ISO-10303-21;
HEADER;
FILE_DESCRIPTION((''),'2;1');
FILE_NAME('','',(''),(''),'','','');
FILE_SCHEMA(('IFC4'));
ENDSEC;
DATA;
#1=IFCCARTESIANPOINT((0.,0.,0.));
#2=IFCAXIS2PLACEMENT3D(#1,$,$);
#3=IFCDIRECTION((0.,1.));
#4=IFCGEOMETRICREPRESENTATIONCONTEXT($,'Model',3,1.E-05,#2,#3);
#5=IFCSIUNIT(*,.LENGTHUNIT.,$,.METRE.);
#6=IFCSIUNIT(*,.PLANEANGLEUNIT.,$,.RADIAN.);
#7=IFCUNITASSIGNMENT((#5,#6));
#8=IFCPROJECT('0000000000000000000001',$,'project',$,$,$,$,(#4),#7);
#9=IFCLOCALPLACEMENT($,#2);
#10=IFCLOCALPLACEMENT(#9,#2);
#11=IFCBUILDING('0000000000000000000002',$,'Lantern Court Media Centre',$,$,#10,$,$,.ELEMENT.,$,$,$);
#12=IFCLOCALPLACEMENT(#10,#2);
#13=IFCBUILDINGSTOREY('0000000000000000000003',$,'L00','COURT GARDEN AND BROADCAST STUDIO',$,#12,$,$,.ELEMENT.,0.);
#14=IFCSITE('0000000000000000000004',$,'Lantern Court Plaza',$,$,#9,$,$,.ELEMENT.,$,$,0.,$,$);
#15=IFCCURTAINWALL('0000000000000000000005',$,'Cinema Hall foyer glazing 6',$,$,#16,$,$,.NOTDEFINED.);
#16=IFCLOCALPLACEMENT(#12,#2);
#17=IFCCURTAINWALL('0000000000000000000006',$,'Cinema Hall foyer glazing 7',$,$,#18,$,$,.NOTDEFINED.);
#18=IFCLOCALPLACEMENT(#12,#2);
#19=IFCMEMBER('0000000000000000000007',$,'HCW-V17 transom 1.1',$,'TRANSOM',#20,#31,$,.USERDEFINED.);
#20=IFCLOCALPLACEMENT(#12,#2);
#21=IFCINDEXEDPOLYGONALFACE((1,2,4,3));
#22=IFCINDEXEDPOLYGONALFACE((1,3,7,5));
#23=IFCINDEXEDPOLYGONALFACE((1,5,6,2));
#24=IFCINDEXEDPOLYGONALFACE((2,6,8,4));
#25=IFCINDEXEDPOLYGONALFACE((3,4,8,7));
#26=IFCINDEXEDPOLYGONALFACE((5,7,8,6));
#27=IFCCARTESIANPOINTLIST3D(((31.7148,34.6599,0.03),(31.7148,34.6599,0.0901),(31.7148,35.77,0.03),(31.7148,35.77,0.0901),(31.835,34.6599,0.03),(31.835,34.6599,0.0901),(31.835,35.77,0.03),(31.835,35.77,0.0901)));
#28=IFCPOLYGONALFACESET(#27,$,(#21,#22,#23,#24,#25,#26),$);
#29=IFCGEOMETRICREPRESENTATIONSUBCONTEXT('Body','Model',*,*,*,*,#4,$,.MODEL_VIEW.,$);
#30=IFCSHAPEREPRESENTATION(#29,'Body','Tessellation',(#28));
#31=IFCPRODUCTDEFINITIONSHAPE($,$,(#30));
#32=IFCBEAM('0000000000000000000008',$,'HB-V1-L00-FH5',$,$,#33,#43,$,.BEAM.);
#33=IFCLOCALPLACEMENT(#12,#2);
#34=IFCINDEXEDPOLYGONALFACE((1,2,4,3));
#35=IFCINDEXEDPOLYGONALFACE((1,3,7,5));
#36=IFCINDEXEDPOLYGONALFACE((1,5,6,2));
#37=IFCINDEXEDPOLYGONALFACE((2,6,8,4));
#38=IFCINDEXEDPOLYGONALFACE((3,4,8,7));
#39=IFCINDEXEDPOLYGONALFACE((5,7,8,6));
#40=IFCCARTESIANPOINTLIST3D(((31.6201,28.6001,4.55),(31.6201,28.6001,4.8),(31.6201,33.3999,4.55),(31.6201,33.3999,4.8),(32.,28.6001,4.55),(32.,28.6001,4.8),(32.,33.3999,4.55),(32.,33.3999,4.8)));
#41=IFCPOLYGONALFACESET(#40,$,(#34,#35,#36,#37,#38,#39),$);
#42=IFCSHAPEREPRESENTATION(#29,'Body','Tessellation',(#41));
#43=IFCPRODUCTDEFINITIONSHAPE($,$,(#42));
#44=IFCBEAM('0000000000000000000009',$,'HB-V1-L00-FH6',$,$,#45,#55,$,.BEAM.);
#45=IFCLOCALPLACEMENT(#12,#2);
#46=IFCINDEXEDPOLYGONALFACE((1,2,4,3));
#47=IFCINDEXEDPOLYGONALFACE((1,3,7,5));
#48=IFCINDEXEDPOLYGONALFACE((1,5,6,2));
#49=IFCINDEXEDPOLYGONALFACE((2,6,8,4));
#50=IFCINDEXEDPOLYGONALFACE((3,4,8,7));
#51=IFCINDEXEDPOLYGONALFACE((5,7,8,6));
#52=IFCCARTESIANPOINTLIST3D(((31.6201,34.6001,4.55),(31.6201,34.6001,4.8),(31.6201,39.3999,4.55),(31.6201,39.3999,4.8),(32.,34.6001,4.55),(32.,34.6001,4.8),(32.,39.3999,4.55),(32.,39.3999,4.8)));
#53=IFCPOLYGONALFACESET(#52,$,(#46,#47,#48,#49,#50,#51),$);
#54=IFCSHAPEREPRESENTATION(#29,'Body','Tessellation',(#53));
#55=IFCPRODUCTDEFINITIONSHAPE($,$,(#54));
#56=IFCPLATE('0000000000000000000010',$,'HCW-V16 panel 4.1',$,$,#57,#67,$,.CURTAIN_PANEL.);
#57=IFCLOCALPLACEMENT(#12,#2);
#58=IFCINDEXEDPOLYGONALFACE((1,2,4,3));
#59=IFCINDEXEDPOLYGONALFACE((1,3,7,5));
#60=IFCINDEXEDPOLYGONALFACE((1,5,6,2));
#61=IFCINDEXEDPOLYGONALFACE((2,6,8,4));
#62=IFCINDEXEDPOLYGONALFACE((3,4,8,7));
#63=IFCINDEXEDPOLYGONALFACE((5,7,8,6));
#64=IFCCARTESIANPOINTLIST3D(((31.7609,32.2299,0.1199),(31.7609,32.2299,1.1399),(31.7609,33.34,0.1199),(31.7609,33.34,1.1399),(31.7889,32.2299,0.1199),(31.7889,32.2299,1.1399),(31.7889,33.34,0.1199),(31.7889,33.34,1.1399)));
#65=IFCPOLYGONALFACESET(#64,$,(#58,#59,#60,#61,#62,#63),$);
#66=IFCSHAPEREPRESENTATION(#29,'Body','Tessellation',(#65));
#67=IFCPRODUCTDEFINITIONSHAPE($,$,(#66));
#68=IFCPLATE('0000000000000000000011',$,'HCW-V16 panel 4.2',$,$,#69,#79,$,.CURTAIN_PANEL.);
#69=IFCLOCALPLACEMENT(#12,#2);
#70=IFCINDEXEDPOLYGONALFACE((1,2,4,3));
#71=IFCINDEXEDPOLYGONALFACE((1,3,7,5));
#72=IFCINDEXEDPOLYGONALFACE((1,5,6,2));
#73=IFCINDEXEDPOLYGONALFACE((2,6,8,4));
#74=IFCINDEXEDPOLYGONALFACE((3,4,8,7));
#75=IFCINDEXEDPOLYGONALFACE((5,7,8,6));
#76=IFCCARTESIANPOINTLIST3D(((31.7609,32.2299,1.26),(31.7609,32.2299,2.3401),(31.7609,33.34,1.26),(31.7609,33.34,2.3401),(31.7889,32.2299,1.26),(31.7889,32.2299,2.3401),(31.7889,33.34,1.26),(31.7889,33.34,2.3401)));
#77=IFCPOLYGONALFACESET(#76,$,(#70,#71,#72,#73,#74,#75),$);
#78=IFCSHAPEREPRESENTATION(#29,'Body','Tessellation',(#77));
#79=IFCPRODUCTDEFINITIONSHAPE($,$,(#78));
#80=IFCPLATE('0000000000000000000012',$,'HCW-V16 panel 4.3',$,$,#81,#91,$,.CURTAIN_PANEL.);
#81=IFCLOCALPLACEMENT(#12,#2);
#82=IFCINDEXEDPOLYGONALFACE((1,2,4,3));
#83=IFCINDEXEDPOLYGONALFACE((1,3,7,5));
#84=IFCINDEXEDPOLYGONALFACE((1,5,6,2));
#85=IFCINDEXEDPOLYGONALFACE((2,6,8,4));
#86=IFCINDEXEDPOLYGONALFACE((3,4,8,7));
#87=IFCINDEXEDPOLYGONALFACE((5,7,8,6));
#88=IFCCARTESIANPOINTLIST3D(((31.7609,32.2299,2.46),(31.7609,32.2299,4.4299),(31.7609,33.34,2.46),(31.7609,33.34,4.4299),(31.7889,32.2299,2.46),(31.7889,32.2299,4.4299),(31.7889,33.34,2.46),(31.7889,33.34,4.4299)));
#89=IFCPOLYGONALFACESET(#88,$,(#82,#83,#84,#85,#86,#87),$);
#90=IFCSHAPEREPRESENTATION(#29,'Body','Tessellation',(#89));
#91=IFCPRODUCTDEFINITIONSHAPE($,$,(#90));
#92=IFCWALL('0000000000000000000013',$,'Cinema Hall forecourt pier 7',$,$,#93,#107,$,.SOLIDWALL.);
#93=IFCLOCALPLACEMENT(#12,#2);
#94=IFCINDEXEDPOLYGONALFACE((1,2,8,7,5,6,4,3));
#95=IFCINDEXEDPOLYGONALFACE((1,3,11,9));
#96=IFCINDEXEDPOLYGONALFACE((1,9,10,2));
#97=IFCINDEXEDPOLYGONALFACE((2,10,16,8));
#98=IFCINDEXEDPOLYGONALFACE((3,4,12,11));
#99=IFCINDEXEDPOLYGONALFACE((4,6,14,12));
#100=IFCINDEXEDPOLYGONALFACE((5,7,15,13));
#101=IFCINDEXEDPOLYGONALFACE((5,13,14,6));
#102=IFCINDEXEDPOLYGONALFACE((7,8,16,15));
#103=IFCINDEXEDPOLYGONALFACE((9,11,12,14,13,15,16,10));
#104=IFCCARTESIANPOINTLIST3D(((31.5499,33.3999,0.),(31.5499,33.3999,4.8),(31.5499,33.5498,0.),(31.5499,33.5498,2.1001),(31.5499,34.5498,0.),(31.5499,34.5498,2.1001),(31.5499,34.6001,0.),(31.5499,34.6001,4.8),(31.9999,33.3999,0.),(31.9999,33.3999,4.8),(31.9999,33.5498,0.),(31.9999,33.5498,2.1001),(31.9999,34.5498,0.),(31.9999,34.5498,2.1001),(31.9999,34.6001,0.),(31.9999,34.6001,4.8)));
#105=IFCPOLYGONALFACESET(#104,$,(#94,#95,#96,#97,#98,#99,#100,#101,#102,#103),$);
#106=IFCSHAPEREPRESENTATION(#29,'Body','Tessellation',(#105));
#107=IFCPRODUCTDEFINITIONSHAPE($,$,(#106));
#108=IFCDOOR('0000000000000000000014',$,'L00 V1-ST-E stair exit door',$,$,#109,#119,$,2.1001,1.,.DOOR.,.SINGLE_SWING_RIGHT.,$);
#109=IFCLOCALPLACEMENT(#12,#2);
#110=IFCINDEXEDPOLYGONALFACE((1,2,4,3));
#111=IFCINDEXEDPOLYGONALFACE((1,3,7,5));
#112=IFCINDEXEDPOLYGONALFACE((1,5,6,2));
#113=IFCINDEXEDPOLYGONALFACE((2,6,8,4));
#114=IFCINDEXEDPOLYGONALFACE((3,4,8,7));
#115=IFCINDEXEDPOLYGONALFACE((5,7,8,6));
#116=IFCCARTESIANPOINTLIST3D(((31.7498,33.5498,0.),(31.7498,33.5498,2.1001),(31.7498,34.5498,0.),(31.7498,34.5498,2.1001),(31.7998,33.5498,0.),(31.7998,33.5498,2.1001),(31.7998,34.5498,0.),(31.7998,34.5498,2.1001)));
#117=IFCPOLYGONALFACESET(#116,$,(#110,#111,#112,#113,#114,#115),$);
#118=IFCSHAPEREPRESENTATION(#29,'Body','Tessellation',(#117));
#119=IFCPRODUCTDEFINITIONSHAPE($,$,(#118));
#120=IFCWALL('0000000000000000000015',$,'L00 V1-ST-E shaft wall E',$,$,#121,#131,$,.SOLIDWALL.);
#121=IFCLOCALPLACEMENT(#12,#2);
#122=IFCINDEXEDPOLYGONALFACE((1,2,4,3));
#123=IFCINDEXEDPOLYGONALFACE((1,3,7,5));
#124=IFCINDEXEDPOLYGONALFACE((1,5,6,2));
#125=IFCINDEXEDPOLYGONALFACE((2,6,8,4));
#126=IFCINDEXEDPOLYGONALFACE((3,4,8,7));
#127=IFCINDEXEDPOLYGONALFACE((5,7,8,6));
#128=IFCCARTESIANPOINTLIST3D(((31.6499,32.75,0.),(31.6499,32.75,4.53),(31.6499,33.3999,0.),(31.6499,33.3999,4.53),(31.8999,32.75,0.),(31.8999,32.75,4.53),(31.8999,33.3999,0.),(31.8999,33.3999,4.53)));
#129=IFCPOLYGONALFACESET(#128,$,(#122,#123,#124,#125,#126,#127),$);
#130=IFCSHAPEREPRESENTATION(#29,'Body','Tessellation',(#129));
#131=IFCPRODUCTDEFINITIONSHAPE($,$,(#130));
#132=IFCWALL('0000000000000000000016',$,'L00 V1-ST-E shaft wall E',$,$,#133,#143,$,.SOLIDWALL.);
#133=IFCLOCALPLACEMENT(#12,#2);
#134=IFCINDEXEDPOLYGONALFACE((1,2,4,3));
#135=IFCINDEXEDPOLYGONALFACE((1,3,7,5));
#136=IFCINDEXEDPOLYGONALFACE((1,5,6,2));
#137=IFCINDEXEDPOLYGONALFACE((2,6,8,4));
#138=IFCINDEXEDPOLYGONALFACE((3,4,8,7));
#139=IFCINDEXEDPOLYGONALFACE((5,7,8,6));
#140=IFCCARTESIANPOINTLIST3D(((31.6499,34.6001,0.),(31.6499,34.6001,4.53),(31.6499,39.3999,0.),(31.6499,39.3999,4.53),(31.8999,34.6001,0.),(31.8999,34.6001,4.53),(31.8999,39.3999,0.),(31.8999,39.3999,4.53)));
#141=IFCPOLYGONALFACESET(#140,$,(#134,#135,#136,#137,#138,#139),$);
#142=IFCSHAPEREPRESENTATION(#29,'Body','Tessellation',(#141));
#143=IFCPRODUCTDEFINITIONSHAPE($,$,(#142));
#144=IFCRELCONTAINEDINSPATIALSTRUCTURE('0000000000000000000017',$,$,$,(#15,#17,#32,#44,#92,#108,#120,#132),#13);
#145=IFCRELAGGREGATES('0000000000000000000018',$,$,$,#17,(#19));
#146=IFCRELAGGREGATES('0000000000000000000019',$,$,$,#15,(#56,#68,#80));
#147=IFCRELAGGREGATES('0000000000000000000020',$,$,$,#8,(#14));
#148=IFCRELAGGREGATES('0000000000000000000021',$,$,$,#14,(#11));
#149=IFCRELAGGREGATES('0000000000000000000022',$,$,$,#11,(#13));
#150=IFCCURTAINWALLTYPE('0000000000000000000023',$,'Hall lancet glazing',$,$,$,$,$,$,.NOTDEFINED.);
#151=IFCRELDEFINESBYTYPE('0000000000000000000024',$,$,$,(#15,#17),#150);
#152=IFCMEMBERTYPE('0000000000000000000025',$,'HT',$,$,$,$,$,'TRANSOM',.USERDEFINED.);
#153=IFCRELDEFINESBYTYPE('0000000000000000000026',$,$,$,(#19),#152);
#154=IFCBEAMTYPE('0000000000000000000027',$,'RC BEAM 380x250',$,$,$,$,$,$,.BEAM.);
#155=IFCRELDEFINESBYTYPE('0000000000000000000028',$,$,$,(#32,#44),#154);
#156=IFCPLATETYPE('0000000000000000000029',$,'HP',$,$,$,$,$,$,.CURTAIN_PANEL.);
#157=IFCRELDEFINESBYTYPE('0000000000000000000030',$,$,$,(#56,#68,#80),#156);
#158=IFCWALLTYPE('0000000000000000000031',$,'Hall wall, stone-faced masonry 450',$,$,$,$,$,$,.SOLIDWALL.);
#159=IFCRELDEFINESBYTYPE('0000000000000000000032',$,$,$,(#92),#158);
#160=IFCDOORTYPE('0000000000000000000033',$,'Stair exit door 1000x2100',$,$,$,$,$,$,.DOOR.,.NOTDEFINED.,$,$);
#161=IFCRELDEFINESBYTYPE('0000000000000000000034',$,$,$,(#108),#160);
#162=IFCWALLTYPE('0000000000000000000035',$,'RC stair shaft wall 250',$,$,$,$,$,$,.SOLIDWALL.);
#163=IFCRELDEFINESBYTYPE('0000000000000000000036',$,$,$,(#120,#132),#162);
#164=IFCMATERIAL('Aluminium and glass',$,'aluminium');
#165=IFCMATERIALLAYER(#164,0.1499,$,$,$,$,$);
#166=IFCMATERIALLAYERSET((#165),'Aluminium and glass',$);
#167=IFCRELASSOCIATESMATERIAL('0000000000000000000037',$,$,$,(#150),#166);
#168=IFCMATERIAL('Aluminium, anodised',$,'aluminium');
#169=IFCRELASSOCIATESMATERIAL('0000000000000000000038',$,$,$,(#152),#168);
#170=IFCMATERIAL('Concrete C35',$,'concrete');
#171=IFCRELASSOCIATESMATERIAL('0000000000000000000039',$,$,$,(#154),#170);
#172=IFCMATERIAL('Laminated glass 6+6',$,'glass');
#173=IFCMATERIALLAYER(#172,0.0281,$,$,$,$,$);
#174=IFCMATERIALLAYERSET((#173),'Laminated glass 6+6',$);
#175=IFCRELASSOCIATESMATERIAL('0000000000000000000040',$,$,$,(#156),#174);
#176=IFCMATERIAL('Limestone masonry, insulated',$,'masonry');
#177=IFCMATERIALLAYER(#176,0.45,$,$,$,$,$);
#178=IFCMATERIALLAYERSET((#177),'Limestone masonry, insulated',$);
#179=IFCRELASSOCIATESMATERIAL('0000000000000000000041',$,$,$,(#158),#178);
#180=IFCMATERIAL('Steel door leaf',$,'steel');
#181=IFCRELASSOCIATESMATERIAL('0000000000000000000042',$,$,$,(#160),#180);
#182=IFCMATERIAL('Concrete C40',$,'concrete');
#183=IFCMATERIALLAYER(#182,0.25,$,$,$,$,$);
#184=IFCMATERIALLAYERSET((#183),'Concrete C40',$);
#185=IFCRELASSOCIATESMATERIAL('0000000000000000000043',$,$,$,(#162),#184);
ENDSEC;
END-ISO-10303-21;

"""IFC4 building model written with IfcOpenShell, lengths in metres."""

from ifc_helpers import new_model, si_unit, direction, frame, frame_2d, origin, origin_2d, place, context, subcontext, project, spatial, rectangle, extrude, material, layer, layer_set, material_profile, profile_set, type_object, element, fill, aggregate, save


model = new_model("IFC4")

# Units and contexts
model_context = context("Model", 3, precision=1e-05, world=origin(), true_north=direction((0.0, 1.0)))
body_context = subcontext(model_context, "Body", "Model", "MODEL_VIEW")
ifc_project = project(units=[si_unit("LENGTHUNIT", "METRE"), si_unit("PLANEANGLEUNIT", "RADIAN")], contexts=[model_context])

# Site, building, storey
site_placement = place(None, origin())
site = spatial("IfcSite", under=ifc_project, at=site_placement, Name="Lantern Court Plaza", CompositionType="ELEMENT", RefElevation=0.0)
building_placement = place(site_placement, origin())
building = spatial("IfcBuilding", under=site, at=building_placement, Name="Lantern Court Media Centre", CompositionType="ELEMENT")
storey_placement = place(building_placement, origin())
storey = spatial("IfcBuildingStorey", under=building, at=storey_placement, Name="L00", Description="COURT GARDEN AND BROADCAST STUDIO", CompositionType="ELEMENT", Elevation=0.0)

# Curtain walls
ifc_material_1 = material(Name="Aluminium and glass", Category="aluminium")
ifc_layer_1 = layer(ifc_material_1, 0.1499)
ifc_layer_set_1 = layer_set([ifc_layer_1], Name="Aluminium and glass")
curtain_wall_type = type_object("IfcCurtainWallType", Name="Hall lancet glazing", PredefinedType="NOTDEFINED", material=ifc_layer_set_1)
curtain_wall_1_placement = place(storey_placement, origin())
curtain_wall_1 = element("IfcCurtainWall", 1, at=curtain_wall_1_placement, inside=storey, type_object=curtain_wall_type, Name="Cinema Hall foyer glazing 6", PredefinedType="NOTDEFINED")
ifc_material_2 = material(Name="Aluminium, anodised", Category="aluminium")
curtain_wall_2_placement = place(storey_placement, origin())
curtain_wall_2 = element("IfcCurtainWall", 2, at=curtain_wall_2_placement, inside=storey, type_object=curtain_wall_type, Name="Cinema Hall foyer glazing 7", PredefinedType="NOTDEFINED")

# Member
ifc_material_profile_1 = material_profile(ifc_material_2, rectangle(XDim=0.1201, YDim=0.0601, at=origin_2d()), Name="HT")
ifc_profile_set_1 = profile_set([ifc_material_profile_1], Name="Aluminium, anodised")
member_type_1 = type_object("IfcMemberType", Name="HT", ElementType="TRANSOM", PredefinedType="USERDEFINED", material=ifc_profile_set_1)
member_1_placement = place(storey_placement, frame((31.7749, 34.6599, 0.0601), z_axis=(0.0, 1.0, 0.0), x_axis=(-1.0, 0.0, 0.0)))
member_1 = element("IfcMember", 3, at=member_1_placement, type_object=member_type_1, Name="HCW-V17 transom 1.1", ObjectType="TRANSOM", PredefinedType="USERDEFINED", context=body_context, shape_type="SweptSolid", body=[
    extrude(rectangle(XDim=0.1201, YDim=0.0601, at=origin_2d()), origin(), (0.0, 0.0, 1.0), 1.1101),
])
aggregate(curtain_wall_2, [member_1])

# Beams
ifc_material_3 = material(Name="Concrete C35", Category="concrete")
ifc_material_profile_2 = material_profile(ifc_material_3, rectangle(XDim=0.3799, YDim=0.25, at=origin_2d()), Name="RC 380x250")
ifc_profile_set_2 = profile_set([ifc_material_profile_2], Name="Concrete C35")
beam_type_1 = type_object("IfcBeamType", Name="RC BEAM 380x250", PredefinedType="BEAM", material=ifc_profile_set_2)
for number, where, z_axis, x_axis, name in (
    (4, (31.8101, 28.6001, 4.675), (0.0, 1.0, 0.0), (-1.0, 0.0, 0.0), "HB-V1-L00-FH5"),
    (5, (31.8101, 34.6001, 4.675), (0.0, 1.0, 0.0), (-1.0, 0.0, 0.0), "HB-V1-L00-FH6"),
):
    element("IfcBeam", number, at=place(storey_placement, frame(where, z_axis=z_axis, x_axis=x_axis)), inside=storey, type_object=beam_type_1, Name=name, PredefinedType="BEAM", context=body_context, shape_type="SweptSolid", body=[
        extrude(rectangle(XDim=0.3799, YDim=0.25, at=origin_2d()), origin(), (0.0, 0.0, 1.0), 4.7998),
    ])

# Plates
ifc_material_4 = material(Name="Laminated glass 6+6", Category="glass")
ifc_layer_2 = layer(ifc_material_4, 0.0281)
ifc_layer_set_2 = layer_set([ifc_layer_2], Name="Laminated glass 6+6")
plate_type = type_object("IfcPlateType", Name="HP", PredefinedType="CURTAIN_PANEL", material=ifc_layer_set_2)
plate_1_placement = place(storey_placement, frame((31.7749, 32.7849, 0.1199), z_axis=(0.0, 0.0, 1.0), x_axis=(0.0, 1.0, 0.0)))
plate_1 = element("IfcPlate", 6, at=plate_1_placement, type_object=plate_type, Name="HCW-V16 panel 4.1", PredefinedType="CURTAIN_PANEL", context=body_context, shape_type="SweptSolid", body=[
    extrude(rectangle(XDim=1.1101, YDim=0.0281, at=origin_2d()), origin(), (0.0, 0.0, 1.0), 1.02),
])
plate_2_placement = place(storey_placement, frame((31.7749, 32.7849, 1.26), z_axis=(0.0, 0.0, 1.0), x_axis=(0.0, 1.0, 0.0)))
plate_2 = element("IfcPlate", 7, at=plate_2_placement, type_object=plate_type, Name="HCW-V16 panel 4.2", PredefinedType="CURTAIN_PANEL", context=body_context, shape_type="SweptSolid", body=[
    extrude(rectangle(XDim=1.1101, YDim=0.0281, at=origin_2d()), origin(), (0.0, 0.0, 1.0), 1.0801),
])
plate_3_placement = place(storey_placement, frame((31.7749, 32.7849, 2.46), z_axis=(0.0, 0.0, 1.0), x_axis=(0.0, 1.0, 0.0)))
plate_3 = element("IfcPlate", 8, at=plate_3_placement, type_object=plate_type, Name="HCW-V16 panel 4.3", PredefinedType="CURTAIN_PANEL", context=body_context, shape_type="SweptSolid", body=[
    extrude(rectangle(XDim=1.1101, YDim=0.0281, at=origin_2d()), origin(), (0.0, 0.0, 1.0), 1.97),
])
aggregate(curtain_wall_1, [plate_1, plate_2, plate_3])

# Wall, opening, door
ifc_material_5 = material(Name="Limestone masonry, insulated", Category="masonry")
ifc_layer_3 = layer(ifc_material_5, 0.45)
ifc_layer_set_3 = layer_set([ifc_layer_3], Name="Limestone masonry, insulated")
wall_type_1 = type_object("IfcWallType", Name="Hall wall, stone-faced masonry 450", PredefinedType="SOLIDWALL", material=ifc_layer_set_3)
wall_1_placement = place(storey_placement, frame((31.7749, 33.3999, 0.0), z_axis=(0.0, 0.0, 1.0), x_axis=(0.0, 1.0, 0.0)))
wall_1 = element("IfcWall", 9, at=wall_1_placement, inside=storey, type_object=wall_type_1, Name="Cinema Hall forecourt pier 7", PredefinedType="SOLIDWALL", context=body_context, shape_type="SweptSolid", body=[
    extrude(rectangle(XDim=1.2002, YDim=0.45, at=frame_2d((0.6001, 0.0))), origin(), (0.0, 0.0, 1.0), 4.8),
])
opening_placement = place(wall_1_placement, frame((0.1499, 0.0, 0.0)))
opening = element("IfcOpeningElement", 10, at=opening_placement, cuts=wall_1, PredefinedType="OPENING", context=body_context, shape_type="SweptSolid", body=[
    extrude(rectangle(XDim=1.0, YDim=2.1001, at=frame_2d((0.5, 1.05))), frame((0.0, 0.2349, 0.0), z_axis=(0.0, -1.0, 0.0), x_axis=(1.0, 0.0, 0.0)), (0.0, 0.0, 1.0), 0.47),
])
ifc_material_6 = material(Name="Steel door leaf", Category="steel")
door_type = type_object("IfcDoorType", Name="Stair exit door 1000x2100", OperationType="NOTDEFINED", PredefinedType="DOOR", material=ifc_material_6)
door_placement = place(opening_placement, frame((1.0, 0.0, 0.0), z_axis=(0.0, 0.0, 1.0), x_axis=(-1.0, 0.0, 0.0)))
door = element("IfcDoor", 11, at=door_placement, inside=storey, type_object=door_type, Name="L00 V1-ST-E stair exit door", OperationType="SINGLE_SWING_RIGHT", OverallHeight=2.1001, OverallWidth=1.0, PredefinedType="DOOR", context=body_context, shape_type="SweptSolid", body=[
    extrude(rectangle(XDim=1.0, YDim=2.1001, at=frame_2d((0.5, 1.05))), frame((0.0, 0.0249, 0.0), z_axis=(0.0, -1.0, 0.0), x_axis=(1.0, 0.0, 0.0)), (0.0, 0.0, 1.0), 0.05),
])
fill(opening, door)

# Walls
ifc_material_7 = material(Name="Concrete C40", Category="concrete")
ifc_layer_4 = layer(ifc_material_7, 0.25)
ifc_layer_set_4 = layer_set([ifc_layer_4], Name="Concrete C40")
wall_type_2 = type_object("IfcWallType", Name="RC stair shaft wall 250", PredefinedType="SOLIDWALL", material=ifc_layer_set_4)
wall_2_placement = place(storey_placement, frame((31.7749, 32.75, 0.0), z_axis=(0.0, 0.0, 1.0), x_axis=(0.0, 1.0, 0.0)))
element("IfcWall", 12, at=wall_2_placement, inside=storey, type_object=wall_type_2, Name="L00 V1-ST-E shaft wall E", PredefinedType="SOLIDWALL", context=body_context, shape_type="SweptSolid", body=[
    extrude(rectangle(XDim=0.6499, YDim=0.25, at=frame_2d((0.325, 0.0))), origin(), (0.0, 0.0, 1.0), 4.53),
])
wall_3_placement = place(storey_placement, frame((31.7749, 34.6001, 0.0), z_axis=(0.0, 0.0, 1.0), x_axis=(0.0, 1.0, 0.0)))
element("IfcWall", 13, at=wall_3_placement, inside=storey, type_object=wall_type_2, Name="L00 V1-ST-E shaft wall E", PredefinedType="SOLIDWALL", context=body_context, shape_type="SweptSolid", body=[
    extrude(rectangle(XDim=4.7998, YDim=0.25, at=frame_2d((2.3999, 0.0))), origin(), (0.0, 0.0, 1.0), 4.53),
])

save(model, "model.ifc")
